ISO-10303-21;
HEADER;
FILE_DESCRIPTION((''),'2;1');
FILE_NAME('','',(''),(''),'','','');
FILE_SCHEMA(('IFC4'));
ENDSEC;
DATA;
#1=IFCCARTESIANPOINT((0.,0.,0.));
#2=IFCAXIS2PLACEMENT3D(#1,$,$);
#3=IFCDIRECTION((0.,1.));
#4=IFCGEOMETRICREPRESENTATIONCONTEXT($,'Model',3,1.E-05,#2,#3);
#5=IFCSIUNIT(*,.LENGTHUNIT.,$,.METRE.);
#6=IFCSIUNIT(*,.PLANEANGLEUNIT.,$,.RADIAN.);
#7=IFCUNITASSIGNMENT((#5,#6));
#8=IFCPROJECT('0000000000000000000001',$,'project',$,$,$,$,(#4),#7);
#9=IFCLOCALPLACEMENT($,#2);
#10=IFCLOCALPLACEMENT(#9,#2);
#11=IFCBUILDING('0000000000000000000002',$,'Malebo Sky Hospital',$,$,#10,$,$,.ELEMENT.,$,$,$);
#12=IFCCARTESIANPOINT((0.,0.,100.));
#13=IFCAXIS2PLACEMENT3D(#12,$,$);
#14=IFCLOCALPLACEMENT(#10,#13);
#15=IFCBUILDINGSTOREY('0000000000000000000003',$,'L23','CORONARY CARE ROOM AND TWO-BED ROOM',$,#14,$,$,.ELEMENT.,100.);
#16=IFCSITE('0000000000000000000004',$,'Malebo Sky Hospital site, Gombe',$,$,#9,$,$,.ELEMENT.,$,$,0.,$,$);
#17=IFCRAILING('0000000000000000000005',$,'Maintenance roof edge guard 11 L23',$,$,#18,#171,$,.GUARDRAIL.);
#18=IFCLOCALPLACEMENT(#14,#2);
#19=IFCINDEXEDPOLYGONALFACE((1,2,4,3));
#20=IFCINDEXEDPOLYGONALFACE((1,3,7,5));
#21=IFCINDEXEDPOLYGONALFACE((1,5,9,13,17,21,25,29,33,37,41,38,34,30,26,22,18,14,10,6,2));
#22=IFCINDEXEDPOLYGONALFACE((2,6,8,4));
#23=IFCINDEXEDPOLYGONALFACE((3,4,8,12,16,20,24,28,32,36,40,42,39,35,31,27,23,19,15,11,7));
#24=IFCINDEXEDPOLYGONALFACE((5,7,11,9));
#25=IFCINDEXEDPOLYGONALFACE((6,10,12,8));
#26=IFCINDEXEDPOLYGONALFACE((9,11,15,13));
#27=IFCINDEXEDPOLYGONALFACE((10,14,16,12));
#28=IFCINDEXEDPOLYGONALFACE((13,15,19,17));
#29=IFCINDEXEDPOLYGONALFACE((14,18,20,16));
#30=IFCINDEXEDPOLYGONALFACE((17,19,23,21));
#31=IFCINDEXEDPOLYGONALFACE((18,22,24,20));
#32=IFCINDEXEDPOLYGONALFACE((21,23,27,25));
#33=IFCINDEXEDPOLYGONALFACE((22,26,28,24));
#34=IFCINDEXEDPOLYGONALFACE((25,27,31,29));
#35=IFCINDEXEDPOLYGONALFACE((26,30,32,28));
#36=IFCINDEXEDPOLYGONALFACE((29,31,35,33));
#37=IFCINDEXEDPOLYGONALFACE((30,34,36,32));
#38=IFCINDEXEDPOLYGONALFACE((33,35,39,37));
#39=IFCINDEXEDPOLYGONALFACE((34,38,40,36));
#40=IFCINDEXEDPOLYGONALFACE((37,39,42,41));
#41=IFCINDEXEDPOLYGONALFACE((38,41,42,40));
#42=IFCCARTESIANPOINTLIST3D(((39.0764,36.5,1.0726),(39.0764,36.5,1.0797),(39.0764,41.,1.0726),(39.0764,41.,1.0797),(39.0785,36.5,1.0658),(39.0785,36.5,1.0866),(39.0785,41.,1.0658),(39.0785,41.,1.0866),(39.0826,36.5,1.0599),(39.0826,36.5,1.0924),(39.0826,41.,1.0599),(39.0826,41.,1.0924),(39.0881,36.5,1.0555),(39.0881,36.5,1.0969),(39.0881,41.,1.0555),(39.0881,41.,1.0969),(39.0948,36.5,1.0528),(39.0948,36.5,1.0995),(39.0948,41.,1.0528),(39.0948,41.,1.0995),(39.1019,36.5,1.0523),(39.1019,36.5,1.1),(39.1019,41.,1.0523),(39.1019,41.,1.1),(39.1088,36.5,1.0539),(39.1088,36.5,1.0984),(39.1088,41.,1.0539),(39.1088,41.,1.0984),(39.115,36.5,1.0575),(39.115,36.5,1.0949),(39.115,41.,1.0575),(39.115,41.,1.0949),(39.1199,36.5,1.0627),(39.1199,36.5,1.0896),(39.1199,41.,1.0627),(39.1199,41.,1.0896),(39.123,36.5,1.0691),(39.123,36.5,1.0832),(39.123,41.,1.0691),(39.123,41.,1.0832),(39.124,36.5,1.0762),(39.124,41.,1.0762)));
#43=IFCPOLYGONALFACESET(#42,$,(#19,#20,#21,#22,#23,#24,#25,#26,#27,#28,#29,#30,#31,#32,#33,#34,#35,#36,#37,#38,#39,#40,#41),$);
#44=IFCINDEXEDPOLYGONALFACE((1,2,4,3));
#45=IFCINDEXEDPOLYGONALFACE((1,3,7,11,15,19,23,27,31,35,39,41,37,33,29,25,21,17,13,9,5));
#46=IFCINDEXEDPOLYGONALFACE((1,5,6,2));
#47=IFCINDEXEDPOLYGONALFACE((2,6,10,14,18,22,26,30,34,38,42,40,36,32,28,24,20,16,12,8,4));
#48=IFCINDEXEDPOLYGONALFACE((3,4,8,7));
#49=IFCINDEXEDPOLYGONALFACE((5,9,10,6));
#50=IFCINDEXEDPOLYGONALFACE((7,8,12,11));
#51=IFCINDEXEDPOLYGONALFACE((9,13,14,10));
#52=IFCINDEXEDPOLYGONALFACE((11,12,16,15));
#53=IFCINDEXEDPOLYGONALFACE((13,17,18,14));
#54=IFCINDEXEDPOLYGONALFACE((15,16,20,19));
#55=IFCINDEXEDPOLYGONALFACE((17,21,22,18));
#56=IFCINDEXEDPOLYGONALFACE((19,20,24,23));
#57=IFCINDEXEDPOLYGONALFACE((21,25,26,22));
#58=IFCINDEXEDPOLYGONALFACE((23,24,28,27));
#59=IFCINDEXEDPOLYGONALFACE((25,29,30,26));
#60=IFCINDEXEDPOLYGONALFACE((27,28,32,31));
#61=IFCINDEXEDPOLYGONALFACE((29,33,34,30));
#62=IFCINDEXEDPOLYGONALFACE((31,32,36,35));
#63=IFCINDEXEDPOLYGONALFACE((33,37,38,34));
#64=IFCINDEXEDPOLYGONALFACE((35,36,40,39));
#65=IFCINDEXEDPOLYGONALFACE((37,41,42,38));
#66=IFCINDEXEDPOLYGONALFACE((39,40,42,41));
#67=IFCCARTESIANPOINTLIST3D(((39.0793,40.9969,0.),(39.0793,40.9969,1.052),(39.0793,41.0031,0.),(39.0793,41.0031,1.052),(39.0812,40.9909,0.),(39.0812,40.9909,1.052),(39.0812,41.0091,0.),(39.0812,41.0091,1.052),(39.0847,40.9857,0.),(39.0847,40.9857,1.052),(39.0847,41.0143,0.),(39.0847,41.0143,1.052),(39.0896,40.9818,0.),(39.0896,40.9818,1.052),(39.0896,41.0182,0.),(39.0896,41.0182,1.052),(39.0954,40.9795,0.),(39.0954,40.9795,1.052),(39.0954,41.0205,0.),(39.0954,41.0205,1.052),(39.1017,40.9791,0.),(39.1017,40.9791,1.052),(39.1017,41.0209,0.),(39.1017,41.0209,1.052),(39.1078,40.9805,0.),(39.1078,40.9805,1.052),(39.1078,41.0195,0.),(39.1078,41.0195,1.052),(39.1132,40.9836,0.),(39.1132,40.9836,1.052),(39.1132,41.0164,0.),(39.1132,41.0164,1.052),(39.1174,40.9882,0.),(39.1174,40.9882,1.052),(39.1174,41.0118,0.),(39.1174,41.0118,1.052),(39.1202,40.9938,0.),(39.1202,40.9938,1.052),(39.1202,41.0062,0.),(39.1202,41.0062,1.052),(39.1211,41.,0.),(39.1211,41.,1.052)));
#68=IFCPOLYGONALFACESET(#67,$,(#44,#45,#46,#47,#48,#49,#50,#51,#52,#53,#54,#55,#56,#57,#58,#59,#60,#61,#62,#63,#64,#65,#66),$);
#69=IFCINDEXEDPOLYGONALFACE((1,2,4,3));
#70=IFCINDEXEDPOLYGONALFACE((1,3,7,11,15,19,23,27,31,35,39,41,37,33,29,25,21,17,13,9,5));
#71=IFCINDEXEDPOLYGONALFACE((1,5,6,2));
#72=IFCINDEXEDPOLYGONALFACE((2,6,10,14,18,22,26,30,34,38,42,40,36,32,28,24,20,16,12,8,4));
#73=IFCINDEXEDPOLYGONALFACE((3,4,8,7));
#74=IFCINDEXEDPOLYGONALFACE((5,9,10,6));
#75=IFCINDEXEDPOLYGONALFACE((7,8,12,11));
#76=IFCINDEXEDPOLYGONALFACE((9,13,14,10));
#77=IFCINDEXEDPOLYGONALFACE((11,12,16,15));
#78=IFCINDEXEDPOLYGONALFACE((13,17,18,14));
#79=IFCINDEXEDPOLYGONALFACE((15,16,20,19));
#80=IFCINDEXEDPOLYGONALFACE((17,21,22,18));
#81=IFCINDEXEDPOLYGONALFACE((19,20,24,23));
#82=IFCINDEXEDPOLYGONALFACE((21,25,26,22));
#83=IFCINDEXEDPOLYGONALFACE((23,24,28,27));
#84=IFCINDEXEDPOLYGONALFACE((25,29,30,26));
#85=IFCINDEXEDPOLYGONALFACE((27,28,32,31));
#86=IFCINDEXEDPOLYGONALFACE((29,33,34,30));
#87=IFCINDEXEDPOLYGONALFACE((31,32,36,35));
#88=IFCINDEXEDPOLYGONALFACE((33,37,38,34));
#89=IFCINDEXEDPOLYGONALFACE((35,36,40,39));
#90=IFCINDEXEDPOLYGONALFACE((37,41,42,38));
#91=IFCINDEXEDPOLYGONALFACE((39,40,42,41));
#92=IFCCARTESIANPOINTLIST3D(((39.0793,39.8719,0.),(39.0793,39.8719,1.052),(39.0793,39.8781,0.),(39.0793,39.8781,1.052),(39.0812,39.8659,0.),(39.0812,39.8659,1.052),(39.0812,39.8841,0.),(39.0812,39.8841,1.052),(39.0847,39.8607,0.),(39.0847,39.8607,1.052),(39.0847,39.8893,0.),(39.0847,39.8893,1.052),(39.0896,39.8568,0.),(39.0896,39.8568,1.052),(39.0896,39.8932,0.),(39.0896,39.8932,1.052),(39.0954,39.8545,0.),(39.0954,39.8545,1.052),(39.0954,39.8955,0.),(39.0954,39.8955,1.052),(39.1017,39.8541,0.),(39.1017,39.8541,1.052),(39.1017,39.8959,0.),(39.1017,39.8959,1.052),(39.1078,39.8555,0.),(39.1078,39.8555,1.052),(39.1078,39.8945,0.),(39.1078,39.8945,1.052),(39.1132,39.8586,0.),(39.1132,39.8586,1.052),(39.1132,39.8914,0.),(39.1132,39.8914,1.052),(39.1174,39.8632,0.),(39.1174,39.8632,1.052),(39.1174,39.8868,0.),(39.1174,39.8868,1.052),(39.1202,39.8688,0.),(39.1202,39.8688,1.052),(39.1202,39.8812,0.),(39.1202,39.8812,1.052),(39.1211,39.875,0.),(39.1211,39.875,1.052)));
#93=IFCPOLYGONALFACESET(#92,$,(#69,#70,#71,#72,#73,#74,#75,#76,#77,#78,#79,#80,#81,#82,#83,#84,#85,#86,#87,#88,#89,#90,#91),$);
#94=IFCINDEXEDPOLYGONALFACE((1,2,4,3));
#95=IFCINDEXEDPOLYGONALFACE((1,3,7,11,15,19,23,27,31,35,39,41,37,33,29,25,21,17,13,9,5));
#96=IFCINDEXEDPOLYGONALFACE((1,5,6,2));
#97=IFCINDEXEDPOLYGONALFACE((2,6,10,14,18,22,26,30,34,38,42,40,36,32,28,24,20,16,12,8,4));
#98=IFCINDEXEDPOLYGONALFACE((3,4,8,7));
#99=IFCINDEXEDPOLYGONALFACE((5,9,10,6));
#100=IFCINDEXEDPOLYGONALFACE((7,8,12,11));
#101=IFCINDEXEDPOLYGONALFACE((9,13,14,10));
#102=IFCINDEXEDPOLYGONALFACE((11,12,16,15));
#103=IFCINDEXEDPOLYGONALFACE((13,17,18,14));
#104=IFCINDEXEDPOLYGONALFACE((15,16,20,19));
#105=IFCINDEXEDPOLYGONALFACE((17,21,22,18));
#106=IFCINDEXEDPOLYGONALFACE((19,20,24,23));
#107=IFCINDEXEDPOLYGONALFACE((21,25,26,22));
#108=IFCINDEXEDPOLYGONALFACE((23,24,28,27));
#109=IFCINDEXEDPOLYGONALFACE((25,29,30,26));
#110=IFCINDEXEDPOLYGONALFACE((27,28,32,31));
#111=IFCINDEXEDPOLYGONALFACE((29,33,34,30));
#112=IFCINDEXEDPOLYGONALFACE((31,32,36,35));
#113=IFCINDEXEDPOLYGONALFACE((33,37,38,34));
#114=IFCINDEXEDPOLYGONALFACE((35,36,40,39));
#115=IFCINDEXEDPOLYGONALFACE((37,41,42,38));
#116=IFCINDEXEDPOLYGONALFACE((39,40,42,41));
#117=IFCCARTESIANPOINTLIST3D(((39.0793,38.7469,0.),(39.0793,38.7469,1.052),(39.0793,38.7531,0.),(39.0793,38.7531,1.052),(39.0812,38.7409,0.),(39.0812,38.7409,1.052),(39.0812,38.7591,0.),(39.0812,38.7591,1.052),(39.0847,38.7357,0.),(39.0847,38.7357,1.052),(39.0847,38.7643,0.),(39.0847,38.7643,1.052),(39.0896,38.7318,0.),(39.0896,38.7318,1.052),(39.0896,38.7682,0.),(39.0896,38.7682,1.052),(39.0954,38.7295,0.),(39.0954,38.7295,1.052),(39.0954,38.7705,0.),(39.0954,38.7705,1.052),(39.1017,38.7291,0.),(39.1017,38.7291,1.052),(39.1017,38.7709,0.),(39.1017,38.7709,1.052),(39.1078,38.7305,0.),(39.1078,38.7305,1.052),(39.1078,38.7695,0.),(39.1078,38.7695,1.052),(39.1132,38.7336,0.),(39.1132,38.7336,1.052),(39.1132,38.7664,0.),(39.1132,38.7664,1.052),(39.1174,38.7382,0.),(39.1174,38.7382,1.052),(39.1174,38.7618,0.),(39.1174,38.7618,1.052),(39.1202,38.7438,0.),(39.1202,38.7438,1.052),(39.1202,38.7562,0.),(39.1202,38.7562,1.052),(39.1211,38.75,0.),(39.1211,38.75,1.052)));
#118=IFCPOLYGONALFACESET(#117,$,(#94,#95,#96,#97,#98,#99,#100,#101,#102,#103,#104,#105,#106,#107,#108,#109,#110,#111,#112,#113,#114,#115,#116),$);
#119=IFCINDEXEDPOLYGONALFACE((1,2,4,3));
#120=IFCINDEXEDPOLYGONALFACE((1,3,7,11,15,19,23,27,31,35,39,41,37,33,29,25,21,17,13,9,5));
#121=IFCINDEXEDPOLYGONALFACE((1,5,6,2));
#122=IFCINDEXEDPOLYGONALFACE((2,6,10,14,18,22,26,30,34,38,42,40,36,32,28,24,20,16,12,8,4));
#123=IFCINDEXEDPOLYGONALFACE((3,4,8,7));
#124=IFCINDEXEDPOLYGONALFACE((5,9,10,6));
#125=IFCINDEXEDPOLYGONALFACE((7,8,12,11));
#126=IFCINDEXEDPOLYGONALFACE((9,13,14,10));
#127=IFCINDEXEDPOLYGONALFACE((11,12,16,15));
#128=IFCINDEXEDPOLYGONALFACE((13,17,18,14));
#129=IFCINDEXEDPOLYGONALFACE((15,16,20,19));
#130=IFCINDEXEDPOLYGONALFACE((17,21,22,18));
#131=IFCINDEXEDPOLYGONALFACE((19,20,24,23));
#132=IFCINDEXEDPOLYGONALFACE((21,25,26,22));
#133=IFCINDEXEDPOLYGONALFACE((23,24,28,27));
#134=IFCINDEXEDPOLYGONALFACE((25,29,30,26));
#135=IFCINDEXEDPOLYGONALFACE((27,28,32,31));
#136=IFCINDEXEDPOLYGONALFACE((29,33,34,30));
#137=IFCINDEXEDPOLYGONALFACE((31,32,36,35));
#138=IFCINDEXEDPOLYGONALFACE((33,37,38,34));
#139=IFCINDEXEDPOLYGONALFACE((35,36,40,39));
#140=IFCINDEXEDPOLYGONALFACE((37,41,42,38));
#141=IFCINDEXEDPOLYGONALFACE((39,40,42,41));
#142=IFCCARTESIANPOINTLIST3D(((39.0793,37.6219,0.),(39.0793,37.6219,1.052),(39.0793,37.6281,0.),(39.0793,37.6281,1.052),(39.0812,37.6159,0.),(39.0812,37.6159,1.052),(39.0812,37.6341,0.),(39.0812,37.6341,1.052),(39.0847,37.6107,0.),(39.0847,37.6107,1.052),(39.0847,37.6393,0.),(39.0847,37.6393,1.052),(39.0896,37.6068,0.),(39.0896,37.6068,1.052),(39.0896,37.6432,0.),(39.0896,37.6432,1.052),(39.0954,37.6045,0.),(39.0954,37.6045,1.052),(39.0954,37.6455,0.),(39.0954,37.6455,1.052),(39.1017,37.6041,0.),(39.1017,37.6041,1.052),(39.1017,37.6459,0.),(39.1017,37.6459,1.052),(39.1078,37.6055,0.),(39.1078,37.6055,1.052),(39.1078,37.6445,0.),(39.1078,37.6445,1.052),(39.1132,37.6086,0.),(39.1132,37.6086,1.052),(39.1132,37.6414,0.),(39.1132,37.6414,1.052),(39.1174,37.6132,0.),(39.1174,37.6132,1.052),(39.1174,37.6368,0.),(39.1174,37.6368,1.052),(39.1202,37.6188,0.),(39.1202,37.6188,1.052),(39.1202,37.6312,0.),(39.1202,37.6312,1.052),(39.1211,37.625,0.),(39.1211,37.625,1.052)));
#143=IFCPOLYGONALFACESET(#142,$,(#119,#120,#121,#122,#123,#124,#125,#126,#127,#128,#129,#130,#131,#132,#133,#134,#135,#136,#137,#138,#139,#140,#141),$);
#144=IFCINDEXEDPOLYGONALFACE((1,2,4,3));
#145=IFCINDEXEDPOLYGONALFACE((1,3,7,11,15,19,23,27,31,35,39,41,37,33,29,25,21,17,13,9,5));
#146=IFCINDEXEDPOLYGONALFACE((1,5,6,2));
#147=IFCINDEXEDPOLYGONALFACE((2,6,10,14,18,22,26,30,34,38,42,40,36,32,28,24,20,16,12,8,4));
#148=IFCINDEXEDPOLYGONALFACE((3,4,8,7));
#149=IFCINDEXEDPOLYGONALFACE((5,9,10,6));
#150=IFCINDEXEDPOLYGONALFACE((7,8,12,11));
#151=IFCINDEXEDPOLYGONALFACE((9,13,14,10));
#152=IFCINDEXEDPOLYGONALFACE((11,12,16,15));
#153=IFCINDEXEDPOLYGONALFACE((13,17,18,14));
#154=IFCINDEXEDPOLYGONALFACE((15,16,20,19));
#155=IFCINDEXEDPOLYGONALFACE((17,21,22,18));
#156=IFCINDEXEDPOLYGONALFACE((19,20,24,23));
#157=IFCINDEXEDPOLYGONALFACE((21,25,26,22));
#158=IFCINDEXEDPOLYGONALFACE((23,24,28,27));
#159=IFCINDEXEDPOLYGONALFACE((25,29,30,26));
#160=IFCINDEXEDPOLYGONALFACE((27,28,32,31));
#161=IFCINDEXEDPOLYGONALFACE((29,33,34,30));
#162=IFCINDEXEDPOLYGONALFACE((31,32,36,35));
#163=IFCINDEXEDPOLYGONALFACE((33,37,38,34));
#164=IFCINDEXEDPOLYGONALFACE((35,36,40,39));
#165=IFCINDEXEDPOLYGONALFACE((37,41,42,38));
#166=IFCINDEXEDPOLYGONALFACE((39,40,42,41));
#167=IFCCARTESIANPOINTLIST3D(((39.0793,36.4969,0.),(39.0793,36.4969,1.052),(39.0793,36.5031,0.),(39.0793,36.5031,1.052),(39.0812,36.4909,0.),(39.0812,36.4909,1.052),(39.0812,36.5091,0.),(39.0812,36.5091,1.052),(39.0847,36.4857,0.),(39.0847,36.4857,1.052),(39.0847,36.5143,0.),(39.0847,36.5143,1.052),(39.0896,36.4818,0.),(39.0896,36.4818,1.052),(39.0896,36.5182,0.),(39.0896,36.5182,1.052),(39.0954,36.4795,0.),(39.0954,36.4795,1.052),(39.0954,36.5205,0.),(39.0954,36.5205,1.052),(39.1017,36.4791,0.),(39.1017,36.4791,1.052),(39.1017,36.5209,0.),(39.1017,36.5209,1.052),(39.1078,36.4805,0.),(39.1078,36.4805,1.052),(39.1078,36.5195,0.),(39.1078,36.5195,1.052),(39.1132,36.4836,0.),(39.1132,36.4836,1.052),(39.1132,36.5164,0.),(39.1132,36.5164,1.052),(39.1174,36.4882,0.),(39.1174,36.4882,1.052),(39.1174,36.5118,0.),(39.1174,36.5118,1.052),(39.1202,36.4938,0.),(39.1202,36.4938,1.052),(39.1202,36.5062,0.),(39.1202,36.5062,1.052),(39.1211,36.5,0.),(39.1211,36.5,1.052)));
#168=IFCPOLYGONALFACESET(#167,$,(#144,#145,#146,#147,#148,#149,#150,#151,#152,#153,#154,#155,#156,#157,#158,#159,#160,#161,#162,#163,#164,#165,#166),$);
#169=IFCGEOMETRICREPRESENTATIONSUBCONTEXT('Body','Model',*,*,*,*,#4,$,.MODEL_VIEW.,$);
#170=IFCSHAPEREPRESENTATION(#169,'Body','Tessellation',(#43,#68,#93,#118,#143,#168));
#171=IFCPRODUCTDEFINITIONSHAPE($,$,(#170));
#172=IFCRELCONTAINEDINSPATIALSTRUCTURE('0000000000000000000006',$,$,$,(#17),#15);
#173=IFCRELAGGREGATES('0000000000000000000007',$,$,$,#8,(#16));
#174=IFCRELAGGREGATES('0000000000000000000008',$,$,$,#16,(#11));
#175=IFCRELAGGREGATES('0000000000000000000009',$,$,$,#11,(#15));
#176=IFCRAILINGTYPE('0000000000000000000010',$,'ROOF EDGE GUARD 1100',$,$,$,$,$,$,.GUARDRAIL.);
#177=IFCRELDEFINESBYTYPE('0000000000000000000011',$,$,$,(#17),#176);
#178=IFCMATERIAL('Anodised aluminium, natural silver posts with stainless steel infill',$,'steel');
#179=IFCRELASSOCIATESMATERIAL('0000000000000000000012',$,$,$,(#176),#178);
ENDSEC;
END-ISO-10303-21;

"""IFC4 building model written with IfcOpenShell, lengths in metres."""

from ifc_helpers import new_model, si_unit, direction, frame, origin, origin_2d, place, context, subcontext, project, spatial, circle, extrude, material, type_object, element, save


model = new_model("IFC4")

# Units and contexts
model_context = context("Model", 3, precision=1e-05, world=origin(), true_north=direction((0.0, 1.0)))
body_context = subcontext(model_context, "Body", "Model", "MODEL_VIEW")
ifc_project = project(units=[si_unit("LENGTHUNIT", "METRE"), si_unit("PLANEANGLEUNIT", "RADIAN")], contexts=[model_context])

# Site, building, storey
site_placement = place(None, origin())
site = spatial("IfcSite", under=ifc_project, at=site_placement, Name="Malebo Sky Hospital site, Gombe", CompositionType="ELEMENT", RefElevation=0.0)
building_placement = place(site_placement, origin())
building = spatial("IfcBuilding", under=site, at=building_placement, Name="Malebo Sky Hospital", CompositionType="ELEMENT")
storey_placement = place(building_placement, frame((0.0, 0.0, 100.0)))
storey = spatial("IfcBuildingStorey", under=building, at=storey_placement, Name="L23", Description="CORONARY CARE ROOM AND TWO-BED ROOM", CompositionType="ELEMENT", Elevation=100.0)

# Railing
ifc_material_1 = material(Name="Anodised aluminium, natural silver posts with stainless steel infill", Category="steel")
railing_type = type_object("IfcRailingType", Name="ROOF EDGE GUARD 1100", PredefinedType="GUARDRAIL", material=ifc_material_1)
railing_1_placement = place(storey_placement, frame((39.1001, 41.0, 0.0)))
element("IfcRailing", 1, at=railing_1_placement, inside=storey, type_object=railing_type, Name="Maintenance roof edge guard 11 L23", PredefinedType="GUARDRAIL", context=body_context, shape_type="SweptSolid", body=[
    extrude(circle(Radius=0.0239, at=origin_2d()), frame((0.0, 0.0, 1.0762), z_axis=(0.0, -1.0, 0.0), x_axis=(1.0, 0.0, 0.0)), (0.0, 0.0, 1.0), 4.5),
    extrude(circle(Radius=0.021, at=origin_2d()), origin(), (0.0, 0.0, 1.0), 1.052),
    extrude(circle(Radius=0.021, at=origin_2d()), frame((0.0, -1.125, 0.0)), (0.0, 0.0, 1.0), 1.052),
    extrude(circle(Radius=0.021, at=origin_2d()), frame((0.0, -2.25, 0.0)), (0.0, 0.0, 1.0), 1.052),
    extrude(circle(Radius=0.021, at=origin_2d()), frame((0.0, -3.375, 0.0)), (0.0, 0.0, 1.0), 1.052),
    extrude(circle(Radius=0.021, at=origin_2d()), frame((0.0, -4.5, 0.0)), (0.0, 0.0, 1.0), 1.052),
])

save(model, "model.ifc")
